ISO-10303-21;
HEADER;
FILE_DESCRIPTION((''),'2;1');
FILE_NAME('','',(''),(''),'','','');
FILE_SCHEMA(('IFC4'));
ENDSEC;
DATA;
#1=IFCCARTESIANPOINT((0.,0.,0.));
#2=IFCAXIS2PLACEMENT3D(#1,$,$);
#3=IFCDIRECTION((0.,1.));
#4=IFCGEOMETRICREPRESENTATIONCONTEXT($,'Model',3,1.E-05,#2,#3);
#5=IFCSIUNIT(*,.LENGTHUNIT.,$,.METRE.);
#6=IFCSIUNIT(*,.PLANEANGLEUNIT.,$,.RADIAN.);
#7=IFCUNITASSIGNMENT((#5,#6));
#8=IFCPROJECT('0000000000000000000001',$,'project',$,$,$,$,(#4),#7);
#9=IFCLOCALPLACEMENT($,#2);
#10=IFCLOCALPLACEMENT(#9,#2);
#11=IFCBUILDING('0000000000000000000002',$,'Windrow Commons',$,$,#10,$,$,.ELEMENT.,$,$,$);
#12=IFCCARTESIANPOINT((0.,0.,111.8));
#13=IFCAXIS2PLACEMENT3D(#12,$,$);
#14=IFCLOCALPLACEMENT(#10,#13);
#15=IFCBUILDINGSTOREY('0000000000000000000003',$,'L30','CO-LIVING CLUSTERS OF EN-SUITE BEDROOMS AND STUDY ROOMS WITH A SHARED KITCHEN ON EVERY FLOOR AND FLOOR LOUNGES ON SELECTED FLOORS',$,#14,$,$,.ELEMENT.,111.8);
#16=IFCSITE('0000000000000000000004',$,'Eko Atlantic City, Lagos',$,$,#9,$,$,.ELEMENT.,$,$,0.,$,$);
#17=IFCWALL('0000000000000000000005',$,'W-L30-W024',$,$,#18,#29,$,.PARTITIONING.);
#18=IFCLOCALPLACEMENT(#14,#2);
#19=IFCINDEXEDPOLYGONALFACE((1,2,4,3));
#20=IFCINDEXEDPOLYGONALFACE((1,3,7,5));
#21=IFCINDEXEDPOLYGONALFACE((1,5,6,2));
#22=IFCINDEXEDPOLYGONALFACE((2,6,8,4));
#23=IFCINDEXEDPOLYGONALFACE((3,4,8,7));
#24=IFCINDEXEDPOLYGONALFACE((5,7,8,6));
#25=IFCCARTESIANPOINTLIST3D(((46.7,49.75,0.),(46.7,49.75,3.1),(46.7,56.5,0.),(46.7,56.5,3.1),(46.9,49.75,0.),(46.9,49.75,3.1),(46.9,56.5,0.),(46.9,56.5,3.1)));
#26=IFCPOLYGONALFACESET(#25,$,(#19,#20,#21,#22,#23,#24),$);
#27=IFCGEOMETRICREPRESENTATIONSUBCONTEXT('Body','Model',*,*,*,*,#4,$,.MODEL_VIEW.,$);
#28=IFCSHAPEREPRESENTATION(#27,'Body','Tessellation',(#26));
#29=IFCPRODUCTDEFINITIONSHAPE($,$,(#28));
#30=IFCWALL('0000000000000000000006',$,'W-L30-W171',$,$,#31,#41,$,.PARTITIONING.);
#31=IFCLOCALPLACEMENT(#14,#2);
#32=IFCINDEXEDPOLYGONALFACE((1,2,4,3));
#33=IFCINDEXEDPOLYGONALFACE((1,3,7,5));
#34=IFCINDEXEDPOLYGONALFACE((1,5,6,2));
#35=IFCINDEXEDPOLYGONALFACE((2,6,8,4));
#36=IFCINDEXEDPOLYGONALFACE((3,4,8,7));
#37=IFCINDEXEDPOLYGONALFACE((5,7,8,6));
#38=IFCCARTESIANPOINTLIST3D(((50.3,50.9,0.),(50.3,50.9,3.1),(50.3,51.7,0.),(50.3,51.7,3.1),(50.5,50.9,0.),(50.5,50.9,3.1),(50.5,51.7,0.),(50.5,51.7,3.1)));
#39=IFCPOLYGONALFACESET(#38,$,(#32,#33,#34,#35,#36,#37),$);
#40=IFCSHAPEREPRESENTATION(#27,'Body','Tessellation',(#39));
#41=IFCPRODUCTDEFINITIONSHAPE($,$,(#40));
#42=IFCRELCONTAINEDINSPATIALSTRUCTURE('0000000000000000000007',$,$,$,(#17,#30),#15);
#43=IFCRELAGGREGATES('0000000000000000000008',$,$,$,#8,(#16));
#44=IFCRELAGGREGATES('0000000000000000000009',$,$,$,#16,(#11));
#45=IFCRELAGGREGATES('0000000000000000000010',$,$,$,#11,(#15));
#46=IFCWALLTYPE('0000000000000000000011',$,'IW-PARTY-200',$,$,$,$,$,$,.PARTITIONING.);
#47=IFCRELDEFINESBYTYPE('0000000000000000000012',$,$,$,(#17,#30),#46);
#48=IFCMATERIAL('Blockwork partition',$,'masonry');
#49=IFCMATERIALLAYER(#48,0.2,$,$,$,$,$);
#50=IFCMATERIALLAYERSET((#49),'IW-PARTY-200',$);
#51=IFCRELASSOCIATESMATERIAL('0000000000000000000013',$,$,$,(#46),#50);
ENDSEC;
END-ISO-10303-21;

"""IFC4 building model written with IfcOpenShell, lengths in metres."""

from ifc_helpers import new_model, si_unit, direction, frame, frame_2d, origin, place, context, subcontext, project, spatial, rectangle, extrude, material, layer, layer_set, type_object, element, save


model = new_model("IFC4")

# Units and contexts
model_context = context("Model", 3, precision=1e-05, world=origin(), true_north=direction((0.0, 1.0)))
body_context = subcontext(model_context, "Body", "Model", "MODEL_VIEW")
ifc_project = project(units=[si_unit("LENGTHUNIT", "METRE"), si_unit("PLANEANGLEUNIT", "RADIAN")], contexts=[model_context])

# Site, building, storey
site_placement = place(None, origin())
site = spatial("IfcSite", under=ifc_project, at=site_placement, Name="Eko Atlantic City, Lagos", CompositionType="ELEMENT", RefElevation=0.0)
building_placement = place(site_placement, origin())
building = spatial("IfcBuilding", under=site, at=building_placement, Name="Windrow Commons", CompositionType="ELEMENT")
storey_placement = place(building_placement, frame((0.0, 0.0, 111.8)))
storey = spatial("IfcBuildingStorey", under=building, at=storey_placement, Name="L30", Description="CO-LIVING CLUSTERS OF EN-SUITE BEDROOMS AND STUDY ROOMS WITH A SHARED KITCHEN ON EVERY FLOOR AND FLOOR LOUNGES ON SELECTED FLOORS", CompositionType="ELEMENT", Elevation=111.8)

# Walls
ifc_material_1 = material(Name="Blockwork partition", Category="masonry")
ifc_layer_1 = layer(ifc_material_1, 0.2)
ifc_layer_set_1 = layer_set([ifc_layer_1], Name="IW-PARTY-200")
wall_type_1 = type_object("IfcWallType", Name="IW-PARTY-200", PredefinedType="PARTITIONING", material=ifc_layer_set_1)
wall_1_placement = place(storey_placement, frame((46.8, 49.75, 0.0), z_axis=(0.0, 0.0, 1.0), x_axis=(0.0, 1.0, 0.0)))
element("IfcWall", 1, at=wall_1_placement, inside=storey, type_object=wall_type_1, Name="W-L30-W024", PredefinedType="PARTITIONING", context=body_context, shape_type="SweptSolid", body=[
    extrude(rectangle(XDim=6.75, YDim=0.2, at=frame_2d((3.375, 0.0))), origin(), (0.0, 0.0, 1.0), 3.1),
])
wall_2_placement = place(storey_placement, frame((50.4, 50.9, 0.0), z_axis=(0.0, 0.0, 1.0), x_axis=(0.0, 1.0, 0.0)))
element("IfcWall", 2, at=wall_2_placement, inside=storey, type_object=wall_type_1, Name="W-L30-W171", PredefinedType="PARTITIONING", context=body_context, shape_type="SweptSolid", body=[
    extrude(rectangle(XDim=0.8, YDim=0.2, at=frame_2d((0.4, 0.0))), origin(), (0.0, 0.0, 1.0), 3.1),
])

save(model, "model.ifc")
